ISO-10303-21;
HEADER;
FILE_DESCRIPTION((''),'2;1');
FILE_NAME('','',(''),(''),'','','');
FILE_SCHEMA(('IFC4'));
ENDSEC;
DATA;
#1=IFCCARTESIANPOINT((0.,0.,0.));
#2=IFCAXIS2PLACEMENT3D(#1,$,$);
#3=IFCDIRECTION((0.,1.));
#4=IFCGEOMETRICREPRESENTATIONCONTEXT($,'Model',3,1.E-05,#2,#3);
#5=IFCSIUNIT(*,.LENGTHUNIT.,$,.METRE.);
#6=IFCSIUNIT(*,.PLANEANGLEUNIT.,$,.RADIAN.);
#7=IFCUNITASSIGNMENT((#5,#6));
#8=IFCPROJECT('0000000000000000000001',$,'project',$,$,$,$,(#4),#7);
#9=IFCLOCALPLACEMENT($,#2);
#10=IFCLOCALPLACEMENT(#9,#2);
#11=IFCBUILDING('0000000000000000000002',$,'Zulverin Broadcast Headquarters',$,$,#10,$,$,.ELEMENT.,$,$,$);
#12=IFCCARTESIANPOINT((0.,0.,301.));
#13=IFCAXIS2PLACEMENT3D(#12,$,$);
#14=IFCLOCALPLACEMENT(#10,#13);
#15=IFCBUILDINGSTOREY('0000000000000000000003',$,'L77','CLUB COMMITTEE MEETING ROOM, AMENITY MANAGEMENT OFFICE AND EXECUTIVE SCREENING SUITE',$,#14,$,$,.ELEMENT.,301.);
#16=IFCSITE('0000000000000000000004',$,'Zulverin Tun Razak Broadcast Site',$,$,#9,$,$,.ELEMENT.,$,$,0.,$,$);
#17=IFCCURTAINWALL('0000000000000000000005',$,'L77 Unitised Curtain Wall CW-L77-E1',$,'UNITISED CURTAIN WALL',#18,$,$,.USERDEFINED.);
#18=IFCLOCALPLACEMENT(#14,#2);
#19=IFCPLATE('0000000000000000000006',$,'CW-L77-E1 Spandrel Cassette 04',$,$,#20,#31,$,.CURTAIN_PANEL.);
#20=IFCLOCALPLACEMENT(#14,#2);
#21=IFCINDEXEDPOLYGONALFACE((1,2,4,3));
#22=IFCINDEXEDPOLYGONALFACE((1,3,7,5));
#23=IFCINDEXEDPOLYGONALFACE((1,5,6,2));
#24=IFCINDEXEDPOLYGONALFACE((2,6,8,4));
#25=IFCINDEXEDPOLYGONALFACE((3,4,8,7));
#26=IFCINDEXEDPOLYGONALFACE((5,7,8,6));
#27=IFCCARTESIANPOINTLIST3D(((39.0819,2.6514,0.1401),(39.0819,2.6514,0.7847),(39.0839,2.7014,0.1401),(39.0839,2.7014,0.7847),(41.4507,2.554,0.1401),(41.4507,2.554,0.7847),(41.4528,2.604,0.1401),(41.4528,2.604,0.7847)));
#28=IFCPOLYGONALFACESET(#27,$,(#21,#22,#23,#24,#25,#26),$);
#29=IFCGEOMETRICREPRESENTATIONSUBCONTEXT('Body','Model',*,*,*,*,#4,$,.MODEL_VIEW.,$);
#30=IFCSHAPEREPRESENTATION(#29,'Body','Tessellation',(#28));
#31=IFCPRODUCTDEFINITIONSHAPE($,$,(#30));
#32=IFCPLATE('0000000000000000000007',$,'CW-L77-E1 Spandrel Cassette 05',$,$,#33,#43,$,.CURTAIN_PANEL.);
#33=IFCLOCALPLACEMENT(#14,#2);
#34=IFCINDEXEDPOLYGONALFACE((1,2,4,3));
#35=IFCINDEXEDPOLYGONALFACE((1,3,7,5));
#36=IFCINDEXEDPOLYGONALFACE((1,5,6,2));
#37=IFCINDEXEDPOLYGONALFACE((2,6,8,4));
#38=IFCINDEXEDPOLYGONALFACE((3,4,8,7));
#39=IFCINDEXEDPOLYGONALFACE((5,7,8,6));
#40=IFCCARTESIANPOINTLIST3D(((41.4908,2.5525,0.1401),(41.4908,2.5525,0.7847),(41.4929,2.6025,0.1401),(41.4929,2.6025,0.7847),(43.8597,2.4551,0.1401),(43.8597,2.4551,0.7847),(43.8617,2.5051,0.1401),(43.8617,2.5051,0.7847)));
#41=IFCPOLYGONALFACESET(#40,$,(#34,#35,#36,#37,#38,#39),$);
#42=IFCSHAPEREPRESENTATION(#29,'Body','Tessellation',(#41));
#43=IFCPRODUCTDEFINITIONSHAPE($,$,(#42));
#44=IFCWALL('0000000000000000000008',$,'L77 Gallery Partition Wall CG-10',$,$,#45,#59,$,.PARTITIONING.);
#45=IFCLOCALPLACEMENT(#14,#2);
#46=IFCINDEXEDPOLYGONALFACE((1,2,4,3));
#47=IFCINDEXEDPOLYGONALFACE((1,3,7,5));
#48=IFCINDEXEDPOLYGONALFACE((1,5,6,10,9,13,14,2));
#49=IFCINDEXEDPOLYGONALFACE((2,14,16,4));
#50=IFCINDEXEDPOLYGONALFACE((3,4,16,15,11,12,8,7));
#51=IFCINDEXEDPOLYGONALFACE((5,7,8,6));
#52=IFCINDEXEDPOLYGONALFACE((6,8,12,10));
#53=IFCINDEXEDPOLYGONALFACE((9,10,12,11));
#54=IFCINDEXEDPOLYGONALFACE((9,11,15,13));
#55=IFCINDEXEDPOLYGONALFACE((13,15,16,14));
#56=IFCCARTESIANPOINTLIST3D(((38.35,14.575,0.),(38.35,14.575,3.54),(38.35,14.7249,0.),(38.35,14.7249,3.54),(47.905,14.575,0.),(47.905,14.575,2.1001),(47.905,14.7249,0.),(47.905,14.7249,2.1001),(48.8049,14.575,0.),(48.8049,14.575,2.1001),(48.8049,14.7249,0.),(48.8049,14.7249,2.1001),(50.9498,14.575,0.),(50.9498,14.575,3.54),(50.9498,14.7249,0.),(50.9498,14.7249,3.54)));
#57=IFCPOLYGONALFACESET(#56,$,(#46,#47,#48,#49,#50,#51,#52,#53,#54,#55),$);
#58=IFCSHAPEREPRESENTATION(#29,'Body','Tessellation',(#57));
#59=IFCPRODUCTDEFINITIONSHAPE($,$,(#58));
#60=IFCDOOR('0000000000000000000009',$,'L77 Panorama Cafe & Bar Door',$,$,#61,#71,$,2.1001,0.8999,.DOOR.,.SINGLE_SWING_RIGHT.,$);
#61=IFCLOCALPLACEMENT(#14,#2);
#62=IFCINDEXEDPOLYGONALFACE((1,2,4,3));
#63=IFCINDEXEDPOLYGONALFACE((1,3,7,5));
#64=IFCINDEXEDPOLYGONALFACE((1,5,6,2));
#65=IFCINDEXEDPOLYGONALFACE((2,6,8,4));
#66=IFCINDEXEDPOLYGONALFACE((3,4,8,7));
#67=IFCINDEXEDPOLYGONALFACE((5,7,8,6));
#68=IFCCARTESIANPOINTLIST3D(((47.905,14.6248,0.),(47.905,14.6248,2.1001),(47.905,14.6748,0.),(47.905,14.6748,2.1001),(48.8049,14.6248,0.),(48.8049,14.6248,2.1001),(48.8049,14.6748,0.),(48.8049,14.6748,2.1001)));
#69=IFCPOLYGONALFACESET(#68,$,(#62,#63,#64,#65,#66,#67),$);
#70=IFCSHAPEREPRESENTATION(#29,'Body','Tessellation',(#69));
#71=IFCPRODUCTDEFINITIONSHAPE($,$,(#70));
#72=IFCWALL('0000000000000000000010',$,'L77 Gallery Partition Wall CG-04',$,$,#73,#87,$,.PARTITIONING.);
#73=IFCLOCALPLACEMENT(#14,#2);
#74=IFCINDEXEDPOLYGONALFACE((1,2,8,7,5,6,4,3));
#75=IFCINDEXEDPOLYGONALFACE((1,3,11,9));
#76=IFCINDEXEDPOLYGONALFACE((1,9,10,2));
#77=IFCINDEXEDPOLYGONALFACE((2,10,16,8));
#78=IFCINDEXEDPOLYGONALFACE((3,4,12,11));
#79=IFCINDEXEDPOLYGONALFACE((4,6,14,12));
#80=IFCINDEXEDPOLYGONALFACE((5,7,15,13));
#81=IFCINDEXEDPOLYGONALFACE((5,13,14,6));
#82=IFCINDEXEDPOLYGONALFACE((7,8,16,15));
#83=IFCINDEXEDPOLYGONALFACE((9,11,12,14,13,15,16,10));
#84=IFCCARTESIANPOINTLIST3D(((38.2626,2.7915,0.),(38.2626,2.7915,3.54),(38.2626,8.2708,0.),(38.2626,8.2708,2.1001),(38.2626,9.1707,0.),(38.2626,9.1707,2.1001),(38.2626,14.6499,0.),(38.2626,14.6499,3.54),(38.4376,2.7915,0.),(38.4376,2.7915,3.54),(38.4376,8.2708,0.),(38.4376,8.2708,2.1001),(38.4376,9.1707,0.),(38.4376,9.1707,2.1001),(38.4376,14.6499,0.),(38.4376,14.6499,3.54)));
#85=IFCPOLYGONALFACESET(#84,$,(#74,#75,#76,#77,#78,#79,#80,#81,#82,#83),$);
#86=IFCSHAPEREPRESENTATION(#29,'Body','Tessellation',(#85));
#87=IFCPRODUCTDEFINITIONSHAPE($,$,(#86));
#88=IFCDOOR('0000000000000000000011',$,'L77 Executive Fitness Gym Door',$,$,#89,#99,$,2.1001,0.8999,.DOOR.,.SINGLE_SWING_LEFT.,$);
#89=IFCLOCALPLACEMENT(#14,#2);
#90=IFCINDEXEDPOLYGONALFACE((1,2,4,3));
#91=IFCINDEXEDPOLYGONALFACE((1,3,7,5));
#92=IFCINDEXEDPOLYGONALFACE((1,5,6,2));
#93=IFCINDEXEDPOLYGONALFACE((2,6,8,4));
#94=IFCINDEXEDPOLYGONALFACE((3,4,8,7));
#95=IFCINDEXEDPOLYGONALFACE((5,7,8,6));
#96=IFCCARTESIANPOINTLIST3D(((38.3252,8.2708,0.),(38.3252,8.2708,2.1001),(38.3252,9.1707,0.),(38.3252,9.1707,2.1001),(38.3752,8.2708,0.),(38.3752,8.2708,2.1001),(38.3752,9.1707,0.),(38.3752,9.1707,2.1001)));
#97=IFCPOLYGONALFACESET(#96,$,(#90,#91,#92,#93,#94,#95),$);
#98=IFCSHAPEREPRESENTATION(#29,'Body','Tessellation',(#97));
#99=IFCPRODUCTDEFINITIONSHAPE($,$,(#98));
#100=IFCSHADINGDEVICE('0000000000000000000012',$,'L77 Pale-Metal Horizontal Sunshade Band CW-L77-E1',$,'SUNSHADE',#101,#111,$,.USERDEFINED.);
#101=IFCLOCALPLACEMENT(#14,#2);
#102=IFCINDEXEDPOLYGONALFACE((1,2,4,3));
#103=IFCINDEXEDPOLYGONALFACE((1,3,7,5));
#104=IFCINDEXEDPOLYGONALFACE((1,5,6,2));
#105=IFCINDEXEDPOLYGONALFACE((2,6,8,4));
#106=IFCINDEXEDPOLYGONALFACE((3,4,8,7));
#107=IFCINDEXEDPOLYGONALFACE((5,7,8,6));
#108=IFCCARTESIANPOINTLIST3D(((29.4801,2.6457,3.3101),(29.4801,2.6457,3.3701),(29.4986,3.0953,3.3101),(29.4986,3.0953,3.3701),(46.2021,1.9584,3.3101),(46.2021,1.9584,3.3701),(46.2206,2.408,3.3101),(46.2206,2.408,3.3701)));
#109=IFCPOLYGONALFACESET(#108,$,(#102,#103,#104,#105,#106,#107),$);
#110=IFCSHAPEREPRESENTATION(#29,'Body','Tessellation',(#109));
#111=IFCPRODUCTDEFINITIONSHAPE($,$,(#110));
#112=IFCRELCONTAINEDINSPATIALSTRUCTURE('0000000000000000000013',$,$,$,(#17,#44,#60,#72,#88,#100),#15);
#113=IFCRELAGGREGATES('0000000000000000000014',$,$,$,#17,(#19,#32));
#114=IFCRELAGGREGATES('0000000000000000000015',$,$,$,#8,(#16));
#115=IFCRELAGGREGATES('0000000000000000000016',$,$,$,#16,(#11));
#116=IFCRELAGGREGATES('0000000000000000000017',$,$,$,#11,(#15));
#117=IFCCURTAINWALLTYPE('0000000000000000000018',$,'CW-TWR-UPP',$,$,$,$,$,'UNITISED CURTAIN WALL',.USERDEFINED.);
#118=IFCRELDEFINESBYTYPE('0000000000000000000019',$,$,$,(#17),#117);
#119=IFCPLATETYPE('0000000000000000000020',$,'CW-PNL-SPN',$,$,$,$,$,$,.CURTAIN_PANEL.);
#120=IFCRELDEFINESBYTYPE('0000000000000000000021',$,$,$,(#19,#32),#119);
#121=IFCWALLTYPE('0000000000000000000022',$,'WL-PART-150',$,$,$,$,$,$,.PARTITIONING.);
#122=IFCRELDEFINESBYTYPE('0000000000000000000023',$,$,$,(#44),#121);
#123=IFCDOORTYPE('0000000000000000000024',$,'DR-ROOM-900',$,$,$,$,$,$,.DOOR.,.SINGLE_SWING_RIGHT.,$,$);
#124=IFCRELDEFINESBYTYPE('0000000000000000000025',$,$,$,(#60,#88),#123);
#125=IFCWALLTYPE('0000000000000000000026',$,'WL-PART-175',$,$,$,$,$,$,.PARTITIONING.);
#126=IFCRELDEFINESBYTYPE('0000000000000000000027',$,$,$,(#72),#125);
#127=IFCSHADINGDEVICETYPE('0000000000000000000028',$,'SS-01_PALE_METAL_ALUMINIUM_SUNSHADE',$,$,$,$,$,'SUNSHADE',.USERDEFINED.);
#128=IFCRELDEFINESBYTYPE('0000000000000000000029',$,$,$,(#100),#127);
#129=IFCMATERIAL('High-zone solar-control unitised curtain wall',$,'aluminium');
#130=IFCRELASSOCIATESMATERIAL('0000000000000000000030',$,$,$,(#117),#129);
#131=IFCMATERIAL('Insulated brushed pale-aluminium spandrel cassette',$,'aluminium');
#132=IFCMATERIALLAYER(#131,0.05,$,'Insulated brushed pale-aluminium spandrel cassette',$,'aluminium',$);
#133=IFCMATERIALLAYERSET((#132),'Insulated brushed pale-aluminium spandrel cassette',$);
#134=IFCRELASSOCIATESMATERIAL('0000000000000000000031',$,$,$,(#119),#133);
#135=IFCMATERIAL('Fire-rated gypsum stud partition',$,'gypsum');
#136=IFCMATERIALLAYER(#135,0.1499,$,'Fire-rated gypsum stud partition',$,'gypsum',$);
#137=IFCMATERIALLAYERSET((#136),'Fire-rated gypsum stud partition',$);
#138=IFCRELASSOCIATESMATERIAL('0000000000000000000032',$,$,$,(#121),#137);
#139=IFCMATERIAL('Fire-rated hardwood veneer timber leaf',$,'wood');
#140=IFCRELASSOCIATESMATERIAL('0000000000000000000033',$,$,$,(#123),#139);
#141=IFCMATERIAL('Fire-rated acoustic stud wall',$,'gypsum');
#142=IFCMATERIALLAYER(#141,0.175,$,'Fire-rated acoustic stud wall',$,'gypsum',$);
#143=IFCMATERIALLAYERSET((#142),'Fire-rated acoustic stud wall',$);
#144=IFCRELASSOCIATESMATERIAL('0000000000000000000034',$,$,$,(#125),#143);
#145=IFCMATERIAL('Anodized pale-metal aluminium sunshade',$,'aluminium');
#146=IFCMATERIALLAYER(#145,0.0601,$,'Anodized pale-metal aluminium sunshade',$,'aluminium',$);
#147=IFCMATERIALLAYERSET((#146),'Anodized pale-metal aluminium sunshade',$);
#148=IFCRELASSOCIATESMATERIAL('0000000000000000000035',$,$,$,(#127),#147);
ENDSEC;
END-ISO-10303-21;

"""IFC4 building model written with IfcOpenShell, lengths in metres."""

from ifc_helpers import new_model, si_unit, direction, frame, frame_2d, origin, origin_2d, place, context, subcontext, project, spatial, rectangle, extrude, material, layer, layer_set, type_object, element, fill, aggregate, save


model = new_model("IFC4")

# Units and contexts
model_context = context("Model", 3, precision=1e-05, world=origin(), true_north=direction((0.0, 1.0)))
body_context = subcontext(model_context, "Body", "Model", "MODEL_VIEW")
ifc_project = project(units=[si_unit("LENGTHUNIT", "METRE"), si_unit("PLANEANGLEUNIT", "RADIAN")], contexts=[model_context])

# Site, building, storey
site_placement = place(None, origin())
site = spatial("IfcSite", under=ifc_project, at=site_placement, Name="Zulverin Tun Razak Broadcast Site", CompositionType="ELEMENT", RefElevation=0.0)
building_placement = place(site_placement, origin())
building = spatial("IfcBuilding", under=site, at=building_placement, Name="Zulverin Broadcast Headquarters", CompositionType="ELEMENT")
storey_placement = place(building_placement, frame((0.0, 0.0, 301.0)))
storey = spatial("IfcBuildingStorey", under=building, at=storey_placement, Name="L77", Description="CLUB COMMITTEE MEETING ROOM, AMENITY MANAGEMENT OFFICE AND EXECUTIVE SCREENING SUITE", CompositionType="ELEMENT", Elevation=301.0)

# Curtain wall, plates
ifc_material_1 = material(Name="High-zone solar-control unitised curtain wall", Category="aluminium")
curtain_wall_type = type_object("IfcCurtainWallType", Name="CW-TWR-UPP", ElementType="UNITISED CURTAIN WALL", PredefinedType="USERDEFINED", material=ifc_material_1)
curtain_wall_placement = place(storey_placement, origin())
curtain_wall = element("IfcCurtainWall", 1, at=curtain_wall_placement, inside=storey, type_object=curtain_wall_type, Name="L77 Unitised Curtain Wall CW-L77-E1", ObjectType="UNITISED CURTAIN WALL", PredefinedType="USERDEFINED")
ifc_material_2 = material(Name="Insulated brushed pale-aluminium spandrel cassette", Category="aluminium")
ifc_layer_1 = layer(ifc_material_2, 0.05, Name="Insulated brushed pale-aluminium spandrel cassette", Category="aluminium")
ifc_layer_set_1 = layer_set([ifc_layer_1], Name="Insulated brushed pale-aluminium spandrel cassette")
plate_type_1 = type_object("IfcPlateType", Name="CW-PNL-SPN", PredefinedType="CURTAIN_PANEL", material=ifc_layer_set_1)
plate_1_placement = place(storey_placement, frame((40.2673, 2.6277, 0.1401), z_axis=(0.0, 0.0, 1.0), x_axis=(0.999156, -0.04107, 0.0)))
plate_1 = element("IfcPlate", 2, at=plate_1_placement, type_object=plate_type_1, Name="CW-L77-E1 Spandrel Cassette 04", PredefinedType="CURTAIN_PANEL", context=body_context, shape_type="SweptSolid", body=[
    extrude(rectangle(XDim=2.3708, YDim=0.05, at=origin_2d()), origin(), (0.0, 0.0, 1.0), 0.6445),
])
plate_2_placement = place(storey_placement, frame((42.6763, 2.5288, 0.1401), z_axis=(0.0, 0.0, 1.0), x_axis=(0.999156, -0.04107, 0.0)))
plate_2 = element("IfcPlate", 3, at=plate_2_placement, type_object=plate_type_1, Name="CW-L77-E1 Spandrel Cassette 05", PredefinedType="CURTAIN_PANEL", context=body_context, shape_type="SweptSolid", body=[
    extrude(rectangle(XDim=2.3708, YDim=0.05, at=origin_2d()), origin(), (0.0, 0.0, 1.0), 0.6445),
])
aggregate(curtain_wall, [plate_1, plate_2])

# Walls, openings, doors
ifc_material_3 = material(Name="Fire-rated gypsum stud partition", Category="gypsum")
ifc_layer_2 = layer(ifc_material_3, 0.1499, Name="Fire-rated gypsum stud partition", Category="gypsum")
ifc_layer_set_2 = layer_set([ifc_layer_2], Name="Fire-rated gypsum stud partition")
wall_type_1 = type_object("IfcWallType", Name="WL-PART-150", PredefinedType="PARTITIONING", material=ifc_layer_set_2)
wall_1_placement = place(storey_placement, frame((38.3501, 14.6499, 0.0), z_axis=(0.0, 0.0, 1.0), x_axis=(1.0, 0.0, 0.0)))
wall_1 = element("IfcWall", 4, at=wall_1_placement, inside=storey, type_object=wall_type_1, Name="L77 Gallery Partition Wall CG-10", PredefinedType="PARTITIONING", context=body_context, shape_type="SweptSolid", body=[
    extrude(rectangle(XDim=12.5999, YDim=0.1499, at=frame_2d((6.2998, 0.0))), origin(), (0.0, 0.0, 1.0), 3.54),
])
opening_1_placement = place(wall_1_placement, frame((9.5549, 0.0, 0.0)))
opening_1 = element("IfcOpeningElement", 5, at=opening_1_placement, cuts=wall_1, PredefinedType="OPENING", context=body_context, shape_type="SweptSolid", body=[
    extrude(rectangle(XDim=0.8999, YDim=2.1001, at=frame_2d((0.45, 1.05))), frame((0.0, 0.085, 0.0), z_axis=(0.0, -1.0, 0.0), x_axis=(1.0, 0.0, 0.0)), (0.0, 0.0, 1.0), 0.1699),
])
ifc_material_4 = material(Name="Fire-rated hardwood veneer timber leaf", Category="wood")
door_type = type_object("IfcDoorType", Name="DR-ROOM-900", OperationType="SINGLE_SWING_RIGHT", PredefinedType="DOOR", material=ifc_material_4)
door_1_placement = place(opening_1_placement, origin())
door_1 = element("IfcDoor", 6, at=door_1_placement, inside=storey, type_object=door_type, Name="L77 Panorama Cafe & Bar Door", OperationType="SINGLE_SWING_RIGHT", OverallHeight=2.1001, OverallWidth=0.8999, PredefinedType="DOOR", context=body_context, shape_type="SweptSolid", body=[
    extrude(rectangle(XDim=0.8999, YDim=2.1001, at=frame_2d((0.45, 1.05))), frame((0.0, 0.0249, 0.0), z_axis=(0.0, -1.0, 0.0), x_axis=(1.0, 0.0, 0.0)), (0.0, 0.0, 1.0), 0.05),
])
fill(opening_1, door_1)
ifc_material_5 = material(Name="Fire-rated acoustic stud wall", Category="gypsum")
ifc_layer_3 = layer(ifc_material_5, 0.175, Name="Fire-rated acoustic stud wall", Category="gypsum")
ifc_layer_set_3 = layer_set([ifc_layer_3], Name="Fire-rated acoustic stud wall")
wall_type_2 = type_object("IfcWallType", Name="WL-PART-175", PredefinedType="PARTITIONING", material=ifc_layer_set_3)
wall_2_placement = place(storey_placement, frame((38.3501, 2.7915, 0.0), z_axis=(0.0, 0.0, 1.0), x_axis=(0.0, 1.0, 0.0)))
wall_2 = element("IfcWall", 7, at=wall_2_placement, inside=storey, type_object=wall_type_2, Name="L77 Gallery Partition Wall CG-04", PredefinedType="PARTITIONING", context=body_context, shape_type="SweptSolid", body=[
    extrude(rectangle(XDim=11.8584, YDim=0.175, at=frame_2d((5.9292, 0.0))), origin(), (0.0, 0.0, 1.0), 3.54),
])
opening_2_placement = place(wall_2_placement, frame((5.4792, 0.0, 0.0)))
opening_2 = element("IfcOpeningElement", 8, at=opening_2_placement, cuts=wall_2, PredefinedType="OPENING", context=body_context, shape_type="SweptSolid", body=[
    extrude(rectangle(XDim=0.8999, YDim=2.1001, at=frame_2d((0.45, 1.05))), frame((0.0, 0.0974, 0.0), z_axis=(0.0, -1.0, 0.0), x_axis=(1.0, 0.0, 0.0)), (0.0, 0.0, 1.0), 0.1951),
])
door_2_placement = place(opening_2_placement, origin())
door_2 = element("IfcDoor", 9, at=door_2_placement, inside=storey, type_object=door_type, Name="L77 Executive Fitness Gym Door", OperationType="SINGLE_SWING_LEFT", OverallHeight=2.1001, OverallWidth=0.8999, PredefinedType="DOOR", context=body_context, shape_type="SweptSolid", body=[
    extrude(rectangle(XDim=0.8999, YDim=2.1001, at=frame_2d((0.45, 1.05))), frame((0.0, 0.0249, 0.0), z_axis=(0.0, -1.0, 0.0), x_axis=(1.0, 0.0, 0.0)), (0.0, 0.0, 1.0), 0.05),
])
fill(opening_2, door_2)

# Shading device
ifc_material_6 = material(Name="Anodized pale-metal aluminium sunshade", Category="aluminium")
ifc_layer_4 = layer(ifc_material_6, 0.0601, Name="Anodized pale-metal aluminium sunshade", Category="aluminium")
ifc_layer_set_4 = layer_set([ifc_layer_4], Name="Anodized pale-metal aluminium sunshade")
shading_device_type = type_object("IfcShadingDeviceType", Name="SS-01_PALE_METAL_ALUMINIUM_SUNSHADE", ElementType="SUNSHADE", PredefinedType="USERDEFINED", material=ifc_layer_set_4)
shading_device_placement = place(storey_placement, frame((37.8503, 2.5269, 3.3101), z_axis=(0.0, 0.0, 1.0), x_axis=(0.999156, -0.04107, 0.0)))
element("IfcShadingDevice", 10, at=shading_device_placement, inside=storey, type_object=shading_device_type, Name="L77 Pale-Metal Horizontal Sunshade Band CW-L77-E1", ObjectType="SUNSHADE", PredefinedType="USERDEFINED", context=body_context, shape_type="SweptSolid", body=[
    extrude(rectangle(XDim=16.7361, YDim=0.45, at=origin_2d()), origin(), (0.0, 0.0, 1.0), 0.0601),
])

save(model, "model.ifc")
